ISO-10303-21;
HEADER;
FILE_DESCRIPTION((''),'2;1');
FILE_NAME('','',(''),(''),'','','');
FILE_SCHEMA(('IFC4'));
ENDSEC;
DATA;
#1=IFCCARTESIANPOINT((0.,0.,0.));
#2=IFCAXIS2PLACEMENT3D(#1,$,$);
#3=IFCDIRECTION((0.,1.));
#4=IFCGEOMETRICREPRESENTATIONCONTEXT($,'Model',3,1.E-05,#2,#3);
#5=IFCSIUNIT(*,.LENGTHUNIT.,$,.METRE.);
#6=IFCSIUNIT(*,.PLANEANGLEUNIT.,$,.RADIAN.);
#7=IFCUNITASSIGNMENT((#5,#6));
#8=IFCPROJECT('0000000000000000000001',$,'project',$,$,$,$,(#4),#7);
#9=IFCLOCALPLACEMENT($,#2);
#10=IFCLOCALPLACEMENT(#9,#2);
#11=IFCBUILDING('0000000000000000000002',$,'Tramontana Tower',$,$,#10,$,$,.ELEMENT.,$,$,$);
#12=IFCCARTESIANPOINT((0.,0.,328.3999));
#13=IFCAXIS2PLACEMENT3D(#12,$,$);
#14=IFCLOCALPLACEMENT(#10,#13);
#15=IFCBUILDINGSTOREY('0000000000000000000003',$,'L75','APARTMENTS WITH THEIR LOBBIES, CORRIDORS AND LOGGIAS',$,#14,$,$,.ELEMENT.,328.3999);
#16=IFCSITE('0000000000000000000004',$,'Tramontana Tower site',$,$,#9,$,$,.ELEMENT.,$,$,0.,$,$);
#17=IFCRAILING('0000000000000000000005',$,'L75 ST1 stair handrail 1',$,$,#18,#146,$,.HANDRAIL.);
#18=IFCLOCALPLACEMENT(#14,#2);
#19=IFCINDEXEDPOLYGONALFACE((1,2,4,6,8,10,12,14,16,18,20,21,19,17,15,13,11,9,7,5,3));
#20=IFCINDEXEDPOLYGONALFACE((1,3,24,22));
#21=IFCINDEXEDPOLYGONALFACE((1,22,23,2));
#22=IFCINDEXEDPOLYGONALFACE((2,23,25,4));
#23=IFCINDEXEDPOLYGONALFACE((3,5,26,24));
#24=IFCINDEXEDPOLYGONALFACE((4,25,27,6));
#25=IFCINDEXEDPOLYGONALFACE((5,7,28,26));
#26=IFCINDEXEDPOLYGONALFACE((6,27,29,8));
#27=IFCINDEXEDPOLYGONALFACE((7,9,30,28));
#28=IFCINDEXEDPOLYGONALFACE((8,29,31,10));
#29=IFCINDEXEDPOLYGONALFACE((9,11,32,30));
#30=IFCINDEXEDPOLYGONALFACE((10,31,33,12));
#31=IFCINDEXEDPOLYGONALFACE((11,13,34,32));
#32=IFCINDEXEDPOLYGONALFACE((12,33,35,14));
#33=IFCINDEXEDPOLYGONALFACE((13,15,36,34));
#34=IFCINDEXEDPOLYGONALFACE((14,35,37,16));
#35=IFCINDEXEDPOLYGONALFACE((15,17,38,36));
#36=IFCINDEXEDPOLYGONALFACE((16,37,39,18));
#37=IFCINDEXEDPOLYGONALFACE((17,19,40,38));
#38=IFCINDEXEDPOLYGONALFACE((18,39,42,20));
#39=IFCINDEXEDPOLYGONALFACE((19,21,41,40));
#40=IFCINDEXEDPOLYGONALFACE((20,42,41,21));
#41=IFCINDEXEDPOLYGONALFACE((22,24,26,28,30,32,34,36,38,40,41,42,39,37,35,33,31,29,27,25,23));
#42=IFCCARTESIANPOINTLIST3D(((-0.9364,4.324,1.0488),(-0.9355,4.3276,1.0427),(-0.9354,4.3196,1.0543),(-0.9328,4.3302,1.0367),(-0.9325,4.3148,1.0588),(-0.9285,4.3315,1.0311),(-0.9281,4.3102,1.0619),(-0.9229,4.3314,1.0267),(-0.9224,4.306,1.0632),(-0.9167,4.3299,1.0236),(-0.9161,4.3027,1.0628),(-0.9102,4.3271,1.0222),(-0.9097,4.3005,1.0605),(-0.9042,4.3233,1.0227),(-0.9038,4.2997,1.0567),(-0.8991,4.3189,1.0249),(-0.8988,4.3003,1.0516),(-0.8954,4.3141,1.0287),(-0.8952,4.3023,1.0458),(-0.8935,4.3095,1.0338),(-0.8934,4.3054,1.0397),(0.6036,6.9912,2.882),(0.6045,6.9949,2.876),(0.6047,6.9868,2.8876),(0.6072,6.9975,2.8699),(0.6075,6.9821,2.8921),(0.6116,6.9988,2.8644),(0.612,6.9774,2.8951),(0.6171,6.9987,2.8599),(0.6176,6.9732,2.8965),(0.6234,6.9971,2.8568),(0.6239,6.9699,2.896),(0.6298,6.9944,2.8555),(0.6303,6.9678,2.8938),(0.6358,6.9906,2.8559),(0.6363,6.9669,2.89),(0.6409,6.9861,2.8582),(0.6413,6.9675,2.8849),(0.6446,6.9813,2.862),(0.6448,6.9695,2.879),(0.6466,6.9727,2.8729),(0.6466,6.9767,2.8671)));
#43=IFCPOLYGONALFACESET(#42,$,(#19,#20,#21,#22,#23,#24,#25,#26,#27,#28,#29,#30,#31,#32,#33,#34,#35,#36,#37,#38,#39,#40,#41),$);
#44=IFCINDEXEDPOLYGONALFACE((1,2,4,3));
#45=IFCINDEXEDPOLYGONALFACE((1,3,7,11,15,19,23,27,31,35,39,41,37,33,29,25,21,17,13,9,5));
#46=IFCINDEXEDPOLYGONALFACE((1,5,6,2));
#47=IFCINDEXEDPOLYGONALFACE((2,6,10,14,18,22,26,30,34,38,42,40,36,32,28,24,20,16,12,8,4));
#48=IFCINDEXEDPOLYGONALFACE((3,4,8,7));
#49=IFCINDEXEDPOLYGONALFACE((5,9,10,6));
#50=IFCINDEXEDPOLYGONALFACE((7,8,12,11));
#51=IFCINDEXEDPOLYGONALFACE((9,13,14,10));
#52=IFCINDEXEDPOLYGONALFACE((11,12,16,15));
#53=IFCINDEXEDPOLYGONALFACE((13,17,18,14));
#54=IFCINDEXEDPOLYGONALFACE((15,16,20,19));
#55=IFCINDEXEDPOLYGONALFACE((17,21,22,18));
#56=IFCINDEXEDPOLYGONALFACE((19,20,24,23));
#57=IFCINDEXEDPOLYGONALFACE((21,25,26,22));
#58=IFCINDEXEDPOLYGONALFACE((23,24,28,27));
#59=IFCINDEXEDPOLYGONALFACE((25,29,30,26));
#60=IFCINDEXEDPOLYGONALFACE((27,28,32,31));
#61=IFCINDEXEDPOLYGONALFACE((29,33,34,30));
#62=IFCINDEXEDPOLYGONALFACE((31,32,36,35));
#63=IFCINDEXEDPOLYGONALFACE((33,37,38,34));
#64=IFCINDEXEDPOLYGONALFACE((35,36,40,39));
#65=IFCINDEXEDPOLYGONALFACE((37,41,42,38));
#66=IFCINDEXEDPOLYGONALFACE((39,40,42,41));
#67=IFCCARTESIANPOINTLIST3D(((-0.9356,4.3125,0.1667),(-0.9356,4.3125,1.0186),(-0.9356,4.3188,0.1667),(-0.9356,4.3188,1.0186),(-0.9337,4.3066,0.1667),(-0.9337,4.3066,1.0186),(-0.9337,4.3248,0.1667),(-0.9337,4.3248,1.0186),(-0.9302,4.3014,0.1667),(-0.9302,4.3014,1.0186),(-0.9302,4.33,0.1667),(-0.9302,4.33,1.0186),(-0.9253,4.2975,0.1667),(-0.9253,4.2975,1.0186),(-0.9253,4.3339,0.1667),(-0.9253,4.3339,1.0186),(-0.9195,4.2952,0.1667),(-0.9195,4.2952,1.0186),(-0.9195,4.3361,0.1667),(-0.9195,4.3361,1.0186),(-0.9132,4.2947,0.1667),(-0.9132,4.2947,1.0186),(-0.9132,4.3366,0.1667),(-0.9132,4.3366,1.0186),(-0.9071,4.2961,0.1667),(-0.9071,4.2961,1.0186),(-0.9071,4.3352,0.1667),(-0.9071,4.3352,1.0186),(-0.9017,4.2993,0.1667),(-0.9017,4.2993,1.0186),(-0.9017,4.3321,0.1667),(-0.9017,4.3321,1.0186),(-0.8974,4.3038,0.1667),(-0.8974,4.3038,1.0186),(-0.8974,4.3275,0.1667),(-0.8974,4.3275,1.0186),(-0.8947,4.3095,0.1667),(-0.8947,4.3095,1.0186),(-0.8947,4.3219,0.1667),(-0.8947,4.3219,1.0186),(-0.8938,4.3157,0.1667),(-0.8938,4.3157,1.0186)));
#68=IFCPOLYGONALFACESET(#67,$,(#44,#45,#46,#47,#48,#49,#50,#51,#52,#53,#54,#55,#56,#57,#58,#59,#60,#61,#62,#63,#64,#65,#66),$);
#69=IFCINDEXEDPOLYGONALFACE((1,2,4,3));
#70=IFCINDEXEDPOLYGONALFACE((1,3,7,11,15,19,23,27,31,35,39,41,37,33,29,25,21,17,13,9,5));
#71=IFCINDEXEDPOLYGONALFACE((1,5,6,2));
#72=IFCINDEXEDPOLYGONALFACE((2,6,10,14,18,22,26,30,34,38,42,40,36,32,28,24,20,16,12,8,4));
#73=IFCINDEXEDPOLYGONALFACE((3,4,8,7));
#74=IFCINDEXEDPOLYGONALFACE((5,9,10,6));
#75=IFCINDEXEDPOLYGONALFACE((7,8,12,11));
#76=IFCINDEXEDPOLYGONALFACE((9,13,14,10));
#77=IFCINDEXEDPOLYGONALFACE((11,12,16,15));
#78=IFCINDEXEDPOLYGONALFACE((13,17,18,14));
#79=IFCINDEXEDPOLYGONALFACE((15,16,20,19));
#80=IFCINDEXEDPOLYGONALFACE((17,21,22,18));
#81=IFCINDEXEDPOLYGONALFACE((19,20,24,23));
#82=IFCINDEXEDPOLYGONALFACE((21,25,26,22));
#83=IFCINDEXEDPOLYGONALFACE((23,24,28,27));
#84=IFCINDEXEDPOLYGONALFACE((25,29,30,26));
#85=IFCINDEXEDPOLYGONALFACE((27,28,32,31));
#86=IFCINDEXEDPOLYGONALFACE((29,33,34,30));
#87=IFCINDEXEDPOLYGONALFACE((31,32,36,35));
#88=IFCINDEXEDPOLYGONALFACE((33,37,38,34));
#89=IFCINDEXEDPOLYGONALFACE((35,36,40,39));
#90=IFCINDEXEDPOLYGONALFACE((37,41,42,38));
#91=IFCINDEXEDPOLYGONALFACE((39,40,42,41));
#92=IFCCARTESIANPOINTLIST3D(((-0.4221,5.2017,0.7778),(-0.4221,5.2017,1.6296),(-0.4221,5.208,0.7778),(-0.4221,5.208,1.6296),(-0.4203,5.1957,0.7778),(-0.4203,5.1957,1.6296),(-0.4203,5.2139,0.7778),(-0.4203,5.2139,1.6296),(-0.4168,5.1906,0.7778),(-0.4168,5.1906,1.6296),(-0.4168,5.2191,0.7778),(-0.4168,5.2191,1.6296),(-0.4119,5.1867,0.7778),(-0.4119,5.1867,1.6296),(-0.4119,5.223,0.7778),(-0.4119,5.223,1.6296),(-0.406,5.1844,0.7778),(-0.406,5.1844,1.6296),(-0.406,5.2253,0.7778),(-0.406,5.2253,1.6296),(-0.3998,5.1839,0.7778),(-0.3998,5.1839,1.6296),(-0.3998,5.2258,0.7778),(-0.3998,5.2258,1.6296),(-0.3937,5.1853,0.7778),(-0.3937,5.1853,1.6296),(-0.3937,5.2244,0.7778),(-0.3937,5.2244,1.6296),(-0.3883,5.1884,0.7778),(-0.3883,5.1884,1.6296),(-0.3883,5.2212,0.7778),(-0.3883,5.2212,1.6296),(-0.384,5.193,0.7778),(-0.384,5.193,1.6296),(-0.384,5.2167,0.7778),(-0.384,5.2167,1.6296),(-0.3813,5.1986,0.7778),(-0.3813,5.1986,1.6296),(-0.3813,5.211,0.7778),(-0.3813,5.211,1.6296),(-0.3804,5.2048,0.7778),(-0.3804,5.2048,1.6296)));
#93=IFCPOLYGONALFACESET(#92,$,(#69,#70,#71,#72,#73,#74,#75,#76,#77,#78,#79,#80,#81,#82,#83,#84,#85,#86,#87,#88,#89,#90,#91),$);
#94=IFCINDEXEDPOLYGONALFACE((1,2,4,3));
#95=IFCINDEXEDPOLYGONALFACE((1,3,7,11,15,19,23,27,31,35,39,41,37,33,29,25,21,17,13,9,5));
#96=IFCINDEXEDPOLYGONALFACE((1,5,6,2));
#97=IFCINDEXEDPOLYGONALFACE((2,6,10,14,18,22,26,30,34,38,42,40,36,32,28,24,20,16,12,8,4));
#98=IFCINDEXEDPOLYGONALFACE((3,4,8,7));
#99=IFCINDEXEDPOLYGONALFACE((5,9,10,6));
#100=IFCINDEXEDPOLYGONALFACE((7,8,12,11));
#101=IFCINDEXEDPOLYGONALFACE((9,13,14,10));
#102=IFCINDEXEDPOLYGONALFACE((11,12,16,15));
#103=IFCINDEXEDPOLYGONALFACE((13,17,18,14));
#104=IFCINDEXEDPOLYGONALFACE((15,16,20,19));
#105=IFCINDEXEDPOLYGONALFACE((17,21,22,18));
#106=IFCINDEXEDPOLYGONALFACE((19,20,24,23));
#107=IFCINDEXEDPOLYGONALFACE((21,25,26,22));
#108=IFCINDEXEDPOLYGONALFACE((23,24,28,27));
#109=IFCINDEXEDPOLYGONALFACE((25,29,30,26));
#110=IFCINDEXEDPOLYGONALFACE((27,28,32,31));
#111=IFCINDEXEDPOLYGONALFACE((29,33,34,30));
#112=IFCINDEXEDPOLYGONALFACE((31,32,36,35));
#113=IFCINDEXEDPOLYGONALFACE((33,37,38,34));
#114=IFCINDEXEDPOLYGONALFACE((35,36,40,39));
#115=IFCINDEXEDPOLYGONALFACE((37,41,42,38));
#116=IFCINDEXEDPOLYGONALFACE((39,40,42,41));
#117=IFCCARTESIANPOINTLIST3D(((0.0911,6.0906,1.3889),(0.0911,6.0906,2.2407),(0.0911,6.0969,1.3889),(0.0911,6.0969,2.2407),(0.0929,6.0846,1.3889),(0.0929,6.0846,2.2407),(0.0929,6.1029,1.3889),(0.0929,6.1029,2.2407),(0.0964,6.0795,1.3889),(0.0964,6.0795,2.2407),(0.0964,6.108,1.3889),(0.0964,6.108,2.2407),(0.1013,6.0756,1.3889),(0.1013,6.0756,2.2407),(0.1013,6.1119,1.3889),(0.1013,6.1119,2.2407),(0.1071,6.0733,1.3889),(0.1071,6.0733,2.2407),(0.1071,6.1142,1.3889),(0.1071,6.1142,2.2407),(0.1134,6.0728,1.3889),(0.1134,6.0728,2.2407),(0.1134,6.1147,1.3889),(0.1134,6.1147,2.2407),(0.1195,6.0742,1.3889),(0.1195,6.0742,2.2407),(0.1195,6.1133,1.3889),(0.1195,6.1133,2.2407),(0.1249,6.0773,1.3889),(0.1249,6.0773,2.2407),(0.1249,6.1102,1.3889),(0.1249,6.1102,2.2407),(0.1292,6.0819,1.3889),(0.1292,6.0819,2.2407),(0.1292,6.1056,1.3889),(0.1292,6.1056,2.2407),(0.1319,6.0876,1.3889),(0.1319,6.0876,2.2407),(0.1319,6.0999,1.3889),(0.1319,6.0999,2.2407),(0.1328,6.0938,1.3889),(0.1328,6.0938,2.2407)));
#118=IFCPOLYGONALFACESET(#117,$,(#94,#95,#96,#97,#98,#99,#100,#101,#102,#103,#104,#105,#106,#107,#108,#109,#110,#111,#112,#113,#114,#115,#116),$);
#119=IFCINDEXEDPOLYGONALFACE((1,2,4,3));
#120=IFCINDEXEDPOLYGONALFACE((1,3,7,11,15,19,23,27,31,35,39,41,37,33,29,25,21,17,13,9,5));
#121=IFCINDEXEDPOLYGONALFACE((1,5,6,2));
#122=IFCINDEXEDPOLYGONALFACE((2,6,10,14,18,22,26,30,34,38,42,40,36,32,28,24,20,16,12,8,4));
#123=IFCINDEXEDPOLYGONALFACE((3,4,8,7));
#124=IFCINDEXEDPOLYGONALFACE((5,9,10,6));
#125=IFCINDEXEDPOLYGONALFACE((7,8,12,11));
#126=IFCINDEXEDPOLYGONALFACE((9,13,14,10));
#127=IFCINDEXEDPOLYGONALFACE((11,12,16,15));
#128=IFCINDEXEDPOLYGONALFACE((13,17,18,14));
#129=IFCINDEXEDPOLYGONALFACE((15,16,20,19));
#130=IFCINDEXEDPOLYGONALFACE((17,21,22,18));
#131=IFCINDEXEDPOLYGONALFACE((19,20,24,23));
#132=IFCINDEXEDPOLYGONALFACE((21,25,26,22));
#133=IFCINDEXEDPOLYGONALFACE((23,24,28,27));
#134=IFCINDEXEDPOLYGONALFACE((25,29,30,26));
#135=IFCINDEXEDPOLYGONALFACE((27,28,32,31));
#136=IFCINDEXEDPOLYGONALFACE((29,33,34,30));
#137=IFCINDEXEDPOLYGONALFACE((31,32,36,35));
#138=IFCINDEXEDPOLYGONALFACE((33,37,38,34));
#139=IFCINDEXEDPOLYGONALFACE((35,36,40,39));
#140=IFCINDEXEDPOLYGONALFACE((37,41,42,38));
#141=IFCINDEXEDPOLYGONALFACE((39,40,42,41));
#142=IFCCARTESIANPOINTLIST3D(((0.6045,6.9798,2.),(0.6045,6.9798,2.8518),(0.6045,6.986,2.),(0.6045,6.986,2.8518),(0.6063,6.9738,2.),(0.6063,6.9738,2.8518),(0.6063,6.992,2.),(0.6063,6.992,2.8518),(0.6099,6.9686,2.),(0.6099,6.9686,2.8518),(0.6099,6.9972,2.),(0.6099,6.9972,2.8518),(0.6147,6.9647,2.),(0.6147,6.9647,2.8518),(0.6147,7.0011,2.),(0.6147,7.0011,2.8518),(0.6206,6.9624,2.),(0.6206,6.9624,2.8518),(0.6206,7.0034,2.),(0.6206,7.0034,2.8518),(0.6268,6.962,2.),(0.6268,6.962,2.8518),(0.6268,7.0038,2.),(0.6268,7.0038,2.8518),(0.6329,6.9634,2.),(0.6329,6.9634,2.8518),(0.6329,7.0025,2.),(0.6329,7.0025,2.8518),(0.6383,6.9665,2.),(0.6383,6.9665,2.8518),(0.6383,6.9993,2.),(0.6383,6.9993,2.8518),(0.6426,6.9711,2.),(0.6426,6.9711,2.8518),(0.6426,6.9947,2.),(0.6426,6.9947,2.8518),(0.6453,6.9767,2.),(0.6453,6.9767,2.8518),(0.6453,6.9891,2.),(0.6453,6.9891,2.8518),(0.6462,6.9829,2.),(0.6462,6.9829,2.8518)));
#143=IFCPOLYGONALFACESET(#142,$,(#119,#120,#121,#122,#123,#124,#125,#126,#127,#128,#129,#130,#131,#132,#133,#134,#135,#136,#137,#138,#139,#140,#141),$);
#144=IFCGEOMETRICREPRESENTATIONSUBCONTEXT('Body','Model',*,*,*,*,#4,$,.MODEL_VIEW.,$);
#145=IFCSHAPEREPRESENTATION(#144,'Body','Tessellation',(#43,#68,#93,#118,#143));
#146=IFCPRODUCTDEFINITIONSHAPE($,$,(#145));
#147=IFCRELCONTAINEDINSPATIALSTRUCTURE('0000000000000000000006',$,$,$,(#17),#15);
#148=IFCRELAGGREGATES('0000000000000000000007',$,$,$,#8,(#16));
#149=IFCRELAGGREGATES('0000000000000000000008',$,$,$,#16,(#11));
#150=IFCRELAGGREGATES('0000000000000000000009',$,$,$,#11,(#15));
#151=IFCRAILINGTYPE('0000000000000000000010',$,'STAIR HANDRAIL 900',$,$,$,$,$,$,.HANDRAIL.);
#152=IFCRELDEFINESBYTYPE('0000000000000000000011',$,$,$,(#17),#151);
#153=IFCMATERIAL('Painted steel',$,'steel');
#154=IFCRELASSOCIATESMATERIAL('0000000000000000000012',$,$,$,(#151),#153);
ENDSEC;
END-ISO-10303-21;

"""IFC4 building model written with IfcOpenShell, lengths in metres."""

from ifc_helpers import new_model, si_unit, direction, frame, origin, origin_2d, place, context, subcontext, project, spatial, circle, extrude, material, type_object, element, save


model = new_model("IFC4")

# Units and contexts
model_context = context("Model", 3, precision=1e-05, world=origin(), true_north=direction((0.0, 1.0)))
body_context = subcontext(model_context, "Body", "Model", "MODEL_VIEW")
ifc_project = project(units=[si_unit("LENGTHUNIT", "METRE"), si_unit("PLANEANGLEUNIT", "RADIAN")], contexts=[model_context])

# Site, building, storey
site_placement = place(None, origin())
site = spatial("IfcSite", under=ifc_project, at=site_placement, Name="Tramontana Tower site", CompositionType="ELEMENT", RefElevation=0.0)
building_placement = place(site_placement, origin())
building = spatial("IfcBuilding", under=site, at=building_placement, Name="Tramontana Tower", CompositionType="ELEMENT")
storey_placement = place(building_placement, frame((0.0, 0.0, 328.3999)))
storey = spatial("IfcBuildingStorey", under=building, at=storey_placement, Name="L75", Description="APARTMENTS WITH THEIR LOBBIES, CORRIDORS AND LOGGIAS", CompositionType="ELEMENT", Elevation=328.3999)

# Railing
ifc_material_1 = material(Name="Painted steel", Category="steel")
railing_type_1 = type_object("IfcRailingType", Name="STAIR HANDRAIL 900", PredefinedType="HANDRAIL", material=ifc_material_1)
railing_1_placement = place(storey_placement, frame((-0.9148, 4.3157, 0.1667)))
element("IfcRailing", 1, at=railing_1_placement, inside=storey, type_object=railing_type_1, Name="L75 ST1 stair handrail 1", PredefinedType="HANDRAIL", context=body_context, shape_type="SweptSolid", body=[
    extrude(circle(Radius=0.0239, at=origin_2d()), frame((0.0, 0.0, 0.876), z_axis=(0.429671, 0.744159, 0.511478), x_axis=(-0.86601, 0.500027, 0.0)), (0.0, 0.0, 1.0), 3.5842),
    extrude(circle(Radius=0.021, at=origin_2d()), origin(), (0.0, 0.0, 1.0), 0.8518),
    extrude(circle(Radius=0.021, at=origin_2d()), frame((0.5134, 0.8892, 0.6111)), (0.0, 0.0, 1.0), 0.8518),
    extrude(circle(Radius=0.021, at=origin_2d()), frame((1.0266, 1.7781, 1.2222)), (0.0, 0.0, 1.0), 0.8518),
    extrude(circle(Radius=0.021, at=origin_2d()), frame((1.54, 2.6672, 1.8333)), (0.0, 0.0, 1.0), 0.8518),
])

save(model, "model.ifc")
